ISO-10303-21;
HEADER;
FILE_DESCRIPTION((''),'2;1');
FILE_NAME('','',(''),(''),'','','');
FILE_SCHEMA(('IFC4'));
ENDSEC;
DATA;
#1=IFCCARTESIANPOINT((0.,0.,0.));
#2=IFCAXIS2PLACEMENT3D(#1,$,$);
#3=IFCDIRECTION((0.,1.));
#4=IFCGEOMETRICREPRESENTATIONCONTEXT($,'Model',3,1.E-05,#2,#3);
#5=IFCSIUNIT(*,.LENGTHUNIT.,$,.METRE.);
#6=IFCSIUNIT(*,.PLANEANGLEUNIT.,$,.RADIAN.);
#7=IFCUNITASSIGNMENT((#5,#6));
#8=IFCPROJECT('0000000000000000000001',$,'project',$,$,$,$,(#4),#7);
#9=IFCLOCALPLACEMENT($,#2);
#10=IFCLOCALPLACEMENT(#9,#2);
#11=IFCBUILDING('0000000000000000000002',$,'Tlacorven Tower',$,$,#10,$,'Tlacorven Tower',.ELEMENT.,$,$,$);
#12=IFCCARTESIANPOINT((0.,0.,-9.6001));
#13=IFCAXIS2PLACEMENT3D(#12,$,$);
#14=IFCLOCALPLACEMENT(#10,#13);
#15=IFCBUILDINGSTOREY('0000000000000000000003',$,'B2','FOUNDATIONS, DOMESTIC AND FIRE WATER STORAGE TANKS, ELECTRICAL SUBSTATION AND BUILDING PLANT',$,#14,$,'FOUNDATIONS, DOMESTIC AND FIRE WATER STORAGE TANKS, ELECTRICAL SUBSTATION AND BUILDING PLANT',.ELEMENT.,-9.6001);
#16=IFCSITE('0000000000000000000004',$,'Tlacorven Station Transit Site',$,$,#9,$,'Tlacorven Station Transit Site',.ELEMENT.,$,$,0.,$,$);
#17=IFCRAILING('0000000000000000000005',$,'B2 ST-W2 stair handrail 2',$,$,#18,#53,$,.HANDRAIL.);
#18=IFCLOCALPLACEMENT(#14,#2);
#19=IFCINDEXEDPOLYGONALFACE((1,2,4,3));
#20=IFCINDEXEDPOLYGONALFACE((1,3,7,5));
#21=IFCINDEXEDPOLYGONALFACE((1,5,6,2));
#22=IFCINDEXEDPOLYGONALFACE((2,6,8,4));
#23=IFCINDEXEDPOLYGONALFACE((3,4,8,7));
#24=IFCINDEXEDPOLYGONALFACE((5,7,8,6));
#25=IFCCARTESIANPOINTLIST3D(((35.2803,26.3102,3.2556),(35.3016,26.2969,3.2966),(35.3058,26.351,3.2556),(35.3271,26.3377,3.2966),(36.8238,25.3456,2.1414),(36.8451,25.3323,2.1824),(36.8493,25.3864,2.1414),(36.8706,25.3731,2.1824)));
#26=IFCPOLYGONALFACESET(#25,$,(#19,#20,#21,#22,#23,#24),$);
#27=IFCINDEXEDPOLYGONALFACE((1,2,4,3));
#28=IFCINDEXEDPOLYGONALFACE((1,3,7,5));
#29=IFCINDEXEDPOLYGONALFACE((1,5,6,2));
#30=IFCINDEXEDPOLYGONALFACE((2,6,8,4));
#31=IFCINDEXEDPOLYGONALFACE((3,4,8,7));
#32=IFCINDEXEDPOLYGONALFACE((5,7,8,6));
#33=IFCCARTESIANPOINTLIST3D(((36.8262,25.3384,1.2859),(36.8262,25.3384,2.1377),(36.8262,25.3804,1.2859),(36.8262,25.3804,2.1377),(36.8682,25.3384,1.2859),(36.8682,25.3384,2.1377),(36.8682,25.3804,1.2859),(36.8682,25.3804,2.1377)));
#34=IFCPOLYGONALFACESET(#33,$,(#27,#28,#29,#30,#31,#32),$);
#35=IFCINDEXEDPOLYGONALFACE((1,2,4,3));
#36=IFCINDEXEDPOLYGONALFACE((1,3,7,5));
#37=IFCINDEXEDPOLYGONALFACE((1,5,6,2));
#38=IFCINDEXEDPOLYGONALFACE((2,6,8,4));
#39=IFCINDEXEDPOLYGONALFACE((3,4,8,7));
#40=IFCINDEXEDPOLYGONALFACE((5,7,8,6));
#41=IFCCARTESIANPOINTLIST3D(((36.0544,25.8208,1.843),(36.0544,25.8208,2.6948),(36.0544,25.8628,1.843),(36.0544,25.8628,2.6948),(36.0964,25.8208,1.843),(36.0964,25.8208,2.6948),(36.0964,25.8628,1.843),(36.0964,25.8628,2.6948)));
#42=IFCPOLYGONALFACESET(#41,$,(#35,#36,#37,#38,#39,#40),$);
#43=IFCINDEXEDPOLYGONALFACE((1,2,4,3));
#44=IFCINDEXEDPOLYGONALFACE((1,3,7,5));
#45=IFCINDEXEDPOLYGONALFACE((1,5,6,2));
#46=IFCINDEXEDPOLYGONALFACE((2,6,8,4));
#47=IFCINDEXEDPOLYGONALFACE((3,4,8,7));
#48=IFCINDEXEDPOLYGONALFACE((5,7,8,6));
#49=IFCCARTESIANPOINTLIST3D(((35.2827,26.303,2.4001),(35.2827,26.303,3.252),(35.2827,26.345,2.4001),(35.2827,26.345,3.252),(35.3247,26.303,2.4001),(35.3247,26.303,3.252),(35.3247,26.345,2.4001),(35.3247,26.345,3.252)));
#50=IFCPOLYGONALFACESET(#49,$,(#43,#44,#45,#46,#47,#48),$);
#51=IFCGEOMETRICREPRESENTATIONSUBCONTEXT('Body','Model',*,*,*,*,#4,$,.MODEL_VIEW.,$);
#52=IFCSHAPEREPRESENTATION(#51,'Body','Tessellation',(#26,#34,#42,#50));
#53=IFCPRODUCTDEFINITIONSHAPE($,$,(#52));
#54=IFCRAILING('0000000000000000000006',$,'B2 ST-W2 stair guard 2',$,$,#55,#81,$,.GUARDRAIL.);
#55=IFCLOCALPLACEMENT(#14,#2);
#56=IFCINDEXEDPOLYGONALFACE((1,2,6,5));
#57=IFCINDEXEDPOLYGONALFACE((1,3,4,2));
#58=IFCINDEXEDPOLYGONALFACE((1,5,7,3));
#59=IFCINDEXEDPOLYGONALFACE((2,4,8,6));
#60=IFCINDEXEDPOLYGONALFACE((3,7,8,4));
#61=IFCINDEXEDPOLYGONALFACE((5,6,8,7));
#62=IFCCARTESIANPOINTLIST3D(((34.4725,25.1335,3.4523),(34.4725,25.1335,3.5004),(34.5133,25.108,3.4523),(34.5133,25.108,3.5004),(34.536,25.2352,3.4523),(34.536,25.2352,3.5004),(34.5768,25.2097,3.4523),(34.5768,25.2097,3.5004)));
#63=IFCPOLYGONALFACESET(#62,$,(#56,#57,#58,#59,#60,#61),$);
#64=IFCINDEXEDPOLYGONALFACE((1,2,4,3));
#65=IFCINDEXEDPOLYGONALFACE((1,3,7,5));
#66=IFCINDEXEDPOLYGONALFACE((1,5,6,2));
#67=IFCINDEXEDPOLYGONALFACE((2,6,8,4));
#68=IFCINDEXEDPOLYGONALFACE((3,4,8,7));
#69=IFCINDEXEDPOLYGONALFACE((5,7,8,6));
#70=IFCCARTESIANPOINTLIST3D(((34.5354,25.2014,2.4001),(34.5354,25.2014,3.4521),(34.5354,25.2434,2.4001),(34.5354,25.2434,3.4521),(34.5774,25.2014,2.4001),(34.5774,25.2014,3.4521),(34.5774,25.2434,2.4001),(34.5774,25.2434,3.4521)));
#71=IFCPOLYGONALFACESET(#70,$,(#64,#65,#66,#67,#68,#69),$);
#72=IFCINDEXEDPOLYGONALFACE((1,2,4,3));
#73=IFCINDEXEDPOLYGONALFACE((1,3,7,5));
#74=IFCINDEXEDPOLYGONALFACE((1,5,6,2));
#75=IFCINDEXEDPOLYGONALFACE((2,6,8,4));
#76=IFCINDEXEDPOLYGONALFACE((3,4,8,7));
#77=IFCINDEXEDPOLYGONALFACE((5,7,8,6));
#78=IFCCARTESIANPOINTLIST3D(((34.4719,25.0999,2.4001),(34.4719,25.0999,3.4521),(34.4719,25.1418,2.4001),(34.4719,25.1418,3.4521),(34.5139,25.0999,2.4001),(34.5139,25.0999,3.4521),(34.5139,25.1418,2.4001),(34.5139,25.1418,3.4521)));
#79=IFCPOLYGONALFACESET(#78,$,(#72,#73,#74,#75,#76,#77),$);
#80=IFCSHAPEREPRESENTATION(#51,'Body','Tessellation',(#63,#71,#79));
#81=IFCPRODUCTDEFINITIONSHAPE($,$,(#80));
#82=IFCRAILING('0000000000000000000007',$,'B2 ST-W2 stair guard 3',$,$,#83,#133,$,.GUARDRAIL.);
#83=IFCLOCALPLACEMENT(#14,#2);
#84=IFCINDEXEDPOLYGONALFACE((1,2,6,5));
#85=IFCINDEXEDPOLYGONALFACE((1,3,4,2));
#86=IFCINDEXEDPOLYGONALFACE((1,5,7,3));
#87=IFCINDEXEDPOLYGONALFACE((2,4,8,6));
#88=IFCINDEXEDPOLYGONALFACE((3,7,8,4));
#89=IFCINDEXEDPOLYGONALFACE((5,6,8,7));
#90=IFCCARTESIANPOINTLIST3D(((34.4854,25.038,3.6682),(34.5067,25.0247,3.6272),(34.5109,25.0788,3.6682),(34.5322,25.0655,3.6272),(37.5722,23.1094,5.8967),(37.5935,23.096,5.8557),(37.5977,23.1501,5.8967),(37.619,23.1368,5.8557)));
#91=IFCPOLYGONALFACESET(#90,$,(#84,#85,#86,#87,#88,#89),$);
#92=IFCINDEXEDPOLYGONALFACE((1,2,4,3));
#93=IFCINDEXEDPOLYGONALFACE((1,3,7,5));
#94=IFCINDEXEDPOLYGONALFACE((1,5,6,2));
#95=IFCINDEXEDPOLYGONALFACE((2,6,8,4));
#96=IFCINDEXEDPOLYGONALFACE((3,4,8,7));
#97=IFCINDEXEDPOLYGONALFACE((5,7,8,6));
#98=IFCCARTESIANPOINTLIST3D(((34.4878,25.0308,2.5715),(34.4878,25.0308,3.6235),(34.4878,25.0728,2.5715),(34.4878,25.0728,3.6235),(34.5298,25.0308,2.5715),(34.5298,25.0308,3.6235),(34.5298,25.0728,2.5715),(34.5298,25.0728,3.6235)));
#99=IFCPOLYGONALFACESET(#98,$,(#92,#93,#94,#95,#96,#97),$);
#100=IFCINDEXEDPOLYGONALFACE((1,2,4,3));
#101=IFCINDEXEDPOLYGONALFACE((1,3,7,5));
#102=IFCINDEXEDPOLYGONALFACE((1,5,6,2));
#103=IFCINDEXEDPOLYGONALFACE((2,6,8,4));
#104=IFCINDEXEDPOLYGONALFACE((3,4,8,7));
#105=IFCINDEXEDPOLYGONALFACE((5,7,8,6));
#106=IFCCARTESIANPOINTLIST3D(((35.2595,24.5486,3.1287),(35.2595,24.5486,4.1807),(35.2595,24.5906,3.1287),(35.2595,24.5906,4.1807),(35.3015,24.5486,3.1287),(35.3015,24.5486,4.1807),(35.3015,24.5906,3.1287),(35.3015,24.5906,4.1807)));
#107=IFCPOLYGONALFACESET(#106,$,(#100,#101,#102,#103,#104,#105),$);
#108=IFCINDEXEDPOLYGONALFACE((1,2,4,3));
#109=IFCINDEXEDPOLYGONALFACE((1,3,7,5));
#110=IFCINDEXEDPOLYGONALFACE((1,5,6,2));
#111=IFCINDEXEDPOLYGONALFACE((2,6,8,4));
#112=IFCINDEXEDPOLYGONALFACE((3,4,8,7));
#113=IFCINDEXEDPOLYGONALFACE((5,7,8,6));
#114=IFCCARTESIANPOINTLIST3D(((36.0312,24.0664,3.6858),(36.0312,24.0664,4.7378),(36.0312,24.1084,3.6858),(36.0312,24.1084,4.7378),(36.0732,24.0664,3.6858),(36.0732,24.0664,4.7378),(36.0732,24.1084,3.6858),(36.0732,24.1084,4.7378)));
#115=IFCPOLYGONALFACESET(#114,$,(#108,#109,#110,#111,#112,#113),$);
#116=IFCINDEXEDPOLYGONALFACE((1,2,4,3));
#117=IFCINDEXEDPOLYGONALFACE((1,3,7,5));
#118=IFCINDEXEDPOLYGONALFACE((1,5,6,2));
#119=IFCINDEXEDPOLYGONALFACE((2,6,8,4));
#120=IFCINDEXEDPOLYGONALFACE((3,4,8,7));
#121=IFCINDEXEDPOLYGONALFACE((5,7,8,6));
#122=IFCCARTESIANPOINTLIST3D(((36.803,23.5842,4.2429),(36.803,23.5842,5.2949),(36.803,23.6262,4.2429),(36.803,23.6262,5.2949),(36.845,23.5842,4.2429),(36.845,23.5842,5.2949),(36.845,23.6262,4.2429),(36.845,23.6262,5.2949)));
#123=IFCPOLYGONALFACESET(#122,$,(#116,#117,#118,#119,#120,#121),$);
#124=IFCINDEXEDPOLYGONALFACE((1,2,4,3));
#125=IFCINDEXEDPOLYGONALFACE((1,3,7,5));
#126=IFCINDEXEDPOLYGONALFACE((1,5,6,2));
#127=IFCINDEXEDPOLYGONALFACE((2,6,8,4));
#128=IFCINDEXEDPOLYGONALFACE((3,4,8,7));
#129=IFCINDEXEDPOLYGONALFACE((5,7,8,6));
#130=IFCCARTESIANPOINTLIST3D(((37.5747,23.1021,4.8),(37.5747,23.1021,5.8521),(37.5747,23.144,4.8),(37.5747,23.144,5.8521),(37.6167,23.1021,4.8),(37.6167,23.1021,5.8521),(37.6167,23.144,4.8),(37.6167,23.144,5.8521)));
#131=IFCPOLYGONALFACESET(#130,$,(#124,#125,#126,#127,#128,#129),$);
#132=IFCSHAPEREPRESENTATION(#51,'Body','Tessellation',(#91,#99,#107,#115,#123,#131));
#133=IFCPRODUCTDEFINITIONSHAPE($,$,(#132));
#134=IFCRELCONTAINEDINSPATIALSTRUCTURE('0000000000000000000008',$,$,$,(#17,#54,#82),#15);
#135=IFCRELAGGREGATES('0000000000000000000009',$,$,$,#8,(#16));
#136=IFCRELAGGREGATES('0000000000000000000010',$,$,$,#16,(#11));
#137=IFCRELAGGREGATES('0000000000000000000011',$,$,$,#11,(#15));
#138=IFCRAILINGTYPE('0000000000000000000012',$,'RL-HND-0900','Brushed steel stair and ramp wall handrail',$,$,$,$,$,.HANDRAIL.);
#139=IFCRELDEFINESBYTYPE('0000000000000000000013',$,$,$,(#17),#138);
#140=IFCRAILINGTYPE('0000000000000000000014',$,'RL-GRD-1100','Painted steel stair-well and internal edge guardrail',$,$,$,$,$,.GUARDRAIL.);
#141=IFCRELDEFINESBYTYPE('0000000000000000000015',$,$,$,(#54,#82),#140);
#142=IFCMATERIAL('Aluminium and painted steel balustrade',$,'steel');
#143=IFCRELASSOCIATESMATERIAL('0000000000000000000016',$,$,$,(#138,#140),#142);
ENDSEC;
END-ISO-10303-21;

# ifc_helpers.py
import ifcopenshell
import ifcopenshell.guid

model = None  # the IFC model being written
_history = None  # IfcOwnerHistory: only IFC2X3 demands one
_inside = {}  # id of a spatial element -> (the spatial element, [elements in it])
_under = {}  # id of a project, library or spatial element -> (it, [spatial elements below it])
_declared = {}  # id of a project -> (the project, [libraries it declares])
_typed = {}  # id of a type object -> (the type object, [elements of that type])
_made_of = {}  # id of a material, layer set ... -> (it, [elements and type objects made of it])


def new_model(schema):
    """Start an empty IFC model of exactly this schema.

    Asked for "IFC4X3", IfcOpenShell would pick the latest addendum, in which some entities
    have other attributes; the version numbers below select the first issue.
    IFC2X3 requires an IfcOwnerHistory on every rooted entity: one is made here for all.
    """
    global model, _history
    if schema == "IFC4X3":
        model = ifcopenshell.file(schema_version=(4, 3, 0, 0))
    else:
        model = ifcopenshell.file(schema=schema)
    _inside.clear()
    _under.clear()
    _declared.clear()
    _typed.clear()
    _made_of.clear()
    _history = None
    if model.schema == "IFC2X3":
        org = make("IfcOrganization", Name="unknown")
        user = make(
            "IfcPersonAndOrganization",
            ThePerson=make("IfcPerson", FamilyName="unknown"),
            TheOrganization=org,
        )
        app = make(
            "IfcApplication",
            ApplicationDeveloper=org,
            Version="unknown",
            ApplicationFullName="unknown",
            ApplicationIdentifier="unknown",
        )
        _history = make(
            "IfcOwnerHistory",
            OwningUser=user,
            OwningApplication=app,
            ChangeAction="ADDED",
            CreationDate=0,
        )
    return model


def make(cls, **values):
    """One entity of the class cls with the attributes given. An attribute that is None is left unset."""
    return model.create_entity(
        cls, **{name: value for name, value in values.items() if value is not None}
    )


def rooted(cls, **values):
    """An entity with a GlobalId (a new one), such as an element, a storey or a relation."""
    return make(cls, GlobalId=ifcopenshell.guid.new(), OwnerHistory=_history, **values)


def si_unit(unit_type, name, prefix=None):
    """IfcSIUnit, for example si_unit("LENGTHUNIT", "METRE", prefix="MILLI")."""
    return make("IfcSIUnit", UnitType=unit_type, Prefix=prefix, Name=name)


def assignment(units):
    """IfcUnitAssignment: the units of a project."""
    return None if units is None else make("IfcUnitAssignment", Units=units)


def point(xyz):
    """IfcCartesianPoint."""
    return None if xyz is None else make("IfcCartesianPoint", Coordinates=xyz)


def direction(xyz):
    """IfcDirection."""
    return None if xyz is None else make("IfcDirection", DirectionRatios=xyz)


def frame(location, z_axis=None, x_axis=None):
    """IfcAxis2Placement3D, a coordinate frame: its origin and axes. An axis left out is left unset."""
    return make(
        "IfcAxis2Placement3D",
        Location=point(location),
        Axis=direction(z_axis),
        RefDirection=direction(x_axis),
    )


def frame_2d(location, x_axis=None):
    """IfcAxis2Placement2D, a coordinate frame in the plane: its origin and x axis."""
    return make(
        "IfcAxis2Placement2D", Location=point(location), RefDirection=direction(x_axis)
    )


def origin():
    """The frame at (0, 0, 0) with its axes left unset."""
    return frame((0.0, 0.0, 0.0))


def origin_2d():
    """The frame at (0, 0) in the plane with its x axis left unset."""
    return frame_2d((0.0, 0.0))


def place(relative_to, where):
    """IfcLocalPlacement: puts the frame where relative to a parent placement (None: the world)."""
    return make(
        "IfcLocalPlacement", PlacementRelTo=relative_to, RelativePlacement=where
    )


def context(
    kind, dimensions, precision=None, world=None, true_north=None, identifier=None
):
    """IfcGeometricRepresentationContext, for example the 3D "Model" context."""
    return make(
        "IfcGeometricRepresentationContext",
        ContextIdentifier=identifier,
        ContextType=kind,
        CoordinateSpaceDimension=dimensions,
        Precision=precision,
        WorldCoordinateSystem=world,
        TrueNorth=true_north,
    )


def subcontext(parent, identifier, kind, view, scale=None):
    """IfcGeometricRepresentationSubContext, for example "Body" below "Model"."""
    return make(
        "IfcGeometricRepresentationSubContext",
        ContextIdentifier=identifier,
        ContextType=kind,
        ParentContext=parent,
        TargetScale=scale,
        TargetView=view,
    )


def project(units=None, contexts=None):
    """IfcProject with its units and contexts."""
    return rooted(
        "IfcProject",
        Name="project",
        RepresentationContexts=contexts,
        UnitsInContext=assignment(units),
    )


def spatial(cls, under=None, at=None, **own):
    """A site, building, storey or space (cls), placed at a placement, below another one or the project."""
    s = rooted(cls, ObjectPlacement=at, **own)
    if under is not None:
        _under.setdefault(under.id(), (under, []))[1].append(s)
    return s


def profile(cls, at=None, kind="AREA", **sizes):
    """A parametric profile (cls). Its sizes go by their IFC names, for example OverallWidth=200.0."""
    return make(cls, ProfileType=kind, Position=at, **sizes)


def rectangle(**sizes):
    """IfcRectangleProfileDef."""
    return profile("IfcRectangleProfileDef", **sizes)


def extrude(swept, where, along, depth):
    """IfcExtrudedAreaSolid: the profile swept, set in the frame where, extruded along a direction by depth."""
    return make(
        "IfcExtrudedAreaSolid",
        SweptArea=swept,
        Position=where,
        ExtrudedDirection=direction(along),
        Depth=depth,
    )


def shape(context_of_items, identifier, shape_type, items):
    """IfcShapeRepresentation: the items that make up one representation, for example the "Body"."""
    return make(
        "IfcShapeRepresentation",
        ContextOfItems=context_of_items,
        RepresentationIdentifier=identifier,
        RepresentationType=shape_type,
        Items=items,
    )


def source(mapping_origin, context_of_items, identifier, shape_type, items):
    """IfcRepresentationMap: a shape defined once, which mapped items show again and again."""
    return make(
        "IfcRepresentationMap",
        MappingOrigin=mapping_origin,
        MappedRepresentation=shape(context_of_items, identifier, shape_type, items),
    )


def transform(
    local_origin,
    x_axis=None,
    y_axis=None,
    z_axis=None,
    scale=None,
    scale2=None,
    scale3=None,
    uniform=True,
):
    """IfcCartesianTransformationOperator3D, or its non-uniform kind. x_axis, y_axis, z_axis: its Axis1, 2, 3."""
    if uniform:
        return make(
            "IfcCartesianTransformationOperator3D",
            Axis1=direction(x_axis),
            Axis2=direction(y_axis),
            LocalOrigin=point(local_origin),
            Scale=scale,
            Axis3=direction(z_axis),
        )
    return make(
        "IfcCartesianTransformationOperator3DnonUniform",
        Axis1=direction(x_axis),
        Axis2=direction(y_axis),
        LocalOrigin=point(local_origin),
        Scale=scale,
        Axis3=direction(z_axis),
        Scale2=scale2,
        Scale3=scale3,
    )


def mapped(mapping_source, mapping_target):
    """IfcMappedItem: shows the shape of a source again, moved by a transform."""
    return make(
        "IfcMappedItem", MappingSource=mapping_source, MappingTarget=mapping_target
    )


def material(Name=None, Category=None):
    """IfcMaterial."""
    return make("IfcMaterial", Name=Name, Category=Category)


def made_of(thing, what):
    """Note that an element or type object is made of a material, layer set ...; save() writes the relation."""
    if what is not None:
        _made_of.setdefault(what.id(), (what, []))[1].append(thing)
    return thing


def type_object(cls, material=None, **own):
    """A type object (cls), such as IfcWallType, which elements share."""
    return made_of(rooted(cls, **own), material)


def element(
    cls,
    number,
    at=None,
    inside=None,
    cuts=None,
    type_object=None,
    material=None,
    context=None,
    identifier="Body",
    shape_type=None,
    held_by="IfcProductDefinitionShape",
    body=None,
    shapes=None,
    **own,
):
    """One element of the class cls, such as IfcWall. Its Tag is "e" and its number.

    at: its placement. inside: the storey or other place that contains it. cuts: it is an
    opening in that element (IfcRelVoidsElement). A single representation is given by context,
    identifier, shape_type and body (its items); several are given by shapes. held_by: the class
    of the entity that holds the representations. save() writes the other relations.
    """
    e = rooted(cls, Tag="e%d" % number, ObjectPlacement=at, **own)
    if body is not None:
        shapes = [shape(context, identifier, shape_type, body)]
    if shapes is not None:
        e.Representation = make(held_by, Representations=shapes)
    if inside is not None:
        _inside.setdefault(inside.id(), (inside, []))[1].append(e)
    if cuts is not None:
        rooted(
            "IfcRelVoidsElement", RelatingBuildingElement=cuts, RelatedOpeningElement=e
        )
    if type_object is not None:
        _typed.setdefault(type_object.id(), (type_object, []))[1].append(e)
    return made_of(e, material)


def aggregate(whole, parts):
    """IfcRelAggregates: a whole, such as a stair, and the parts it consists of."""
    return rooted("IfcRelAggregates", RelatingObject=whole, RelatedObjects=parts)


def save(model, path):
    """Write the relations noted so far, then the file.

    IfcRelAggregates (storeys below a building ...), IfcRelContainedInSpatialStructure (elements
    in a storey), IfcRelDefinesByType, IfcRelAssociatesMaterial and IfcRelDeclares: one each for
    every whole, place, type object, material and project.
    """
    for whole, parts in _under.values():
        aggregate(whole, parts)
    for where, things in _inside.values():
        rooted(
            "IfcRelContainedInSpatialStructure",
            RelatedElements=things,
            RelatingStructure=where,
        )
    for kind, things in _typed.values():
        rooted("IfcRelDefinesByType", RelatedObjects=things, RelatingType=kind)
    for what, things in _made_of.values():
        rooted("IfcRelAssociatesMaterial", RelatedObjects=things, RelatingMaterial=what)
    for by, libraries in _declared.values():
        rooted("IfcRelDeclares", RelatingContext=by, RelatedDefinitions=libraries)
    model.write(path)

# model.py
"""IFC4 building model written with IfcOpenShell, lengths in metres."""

from ifc_helpers import new_model, si_unit, direction, frame, origin, origin_2d, place, context, subcontext, project, spatial, rectangle, extrude, source, transform, mapped, material, type_object, element, save


model = new_model("IFC4")

# Units and contexts
model_context = context("Model", 3, precision=1e-05, world=origin(), true_north=direction((0.0, 1.0)))
body_context = subcontext(model_context, "Body", "Model", "MODEL_VIEW")
ifc_project = project(units=[si_unit("LENGTHUNIT", "METRE"), si_unit("PLANEANGLEUNIT", "RADIAN")], contexts=[model_context])

# Site, building, storey
site_placement = place(None, origin())
site = spatial("IfcSite", under=ifc_project, at=site_placement, Name="Tlacorven Station Transit Site", LongName="Tlacorven Station Transit Site", CompositionType="ELEMENT", RefElevation=0.0)
building_placement = place(site_placement, origin())
building = spatial("IfcBuilding", under=site, at=building_placement, Name="Tlacorven Tower", LongName="Tlacorven Tower", CompositionType="ELEMENT")
storey_placement = place(building_placement, frame((0.0, 0.0, -9.6001)))
storey = spatial("IfcBuildingStorey", under=building, at=storey_placement, Name="B2", Description="FOUNDATIONS, DOMESTIC AND FIRE WATER STORAGE TANKS, ELECTRICAL SUBSTATION AND BUILDING PLANT", LongName="FOUNDATIONS, DOMESTIC AND FIRE WATER STORAGE TANKS, ELECTRICAL SUBSTATION AND BUILDING PLANT", CompositionType="ELEMENT", Elevation=-9.6001)

# Railings
ifc_material_1 = material(Name="Aluminium and painted steel balustrade", Category="steel")
railing_type_1 = type_object("IfcRailingType", Name="RL-HND-0900", Description="Brushed steel stair and ramp wall handrail", PredefinedType="HANDRAIL", material=ifc_material_1)
shared_shape_1 = source(origin(), body_context, "Body", "SweptSolid", [
    extrude(rectangle(XDim=0.0481, YDim=0.0481, at=origin_2d()), frame((0.0, 0.0, 0.876), z_axis=(-0.723244, 0.451999, 0.522126), x_axis=(-0.529975, -0.848013, 0.0)), (0.0, 0.0, 1.0), 2.134),
    extrude(rectangle(XDim=0.042, YDim=0.042, at=origin_2d()), origin(), (0.0, 0.0, 1.0), 0.8518),
    extrude(rectangle(XDim=0.042, YDim=0.042, at=origin_2d()), frame((-0.7717, 0.4824, 0.5571)), (0.0, 0.0, 1.0), 0.8518),
    extrude(rectangle(XDim=0.042, YDim=0.042, at=origin_2d()), frame((-1.5435, 0.9646, 1.1143)), (0.0, 0.0, 1.0), 0.8518),
])
railing_1_placement = place(storey_placement, frame((36.8472, 25.3594, 1.2859)))
element("IfcRailing", 1, at=railing_1_placement, inside=storey, type_object=railing_type_1, Name="B2 ST-W2 stair handrail 2", PredefinedType="HANDRAIL", context=body_context, shape_type="MappedRepresentation", body=[
    mapped(shared_shape_1, transform((0.0, 0.0, 0.0), scale=1.0)),
])
railing_type_2 = type_object("IfcRailingType", Name="RL-GRD-1100", Description="Painted steel stair-well and internal edge guardrail", PredefinedType="GUARDRAIL", material=ifc_material_1)
shared_shape_2 = source(origin(), body_context, "Body", "SweptSolid", [
    extrude(rectangle(XDim=0.0481, YDim=0.0481, at=origin_2d()), frame((0.0, 0.0, 1.0762), z_axis=(-0.529999, -0.847998, 0.0), x_axis=(0.847998, -0.529999, 0.0)), (0.0, 0.0, 1.0), 0.1199),
    extrude(rectangle(XDim=0.042, YDim=0.042, at=origin_2d()), origin(), (0.0, 0.0, 1.0), 1.052),
    extrude(rectangle(XDim=0.042, YDim=0.042, at=origin_2d()), frame((-0.0635, -0.1016, 0.0)), (0.0, 0.0, 1.0), 1.052),
])
railing_2_placement = place(storey_placement, frame((34.5564, 25.2224, 2.4001)))
element("IfcRailing", 2, at=railing_2_placement, inside=storey, type_object=railing_type_2, Name="B2 ST-W2 stair guard 2", PredefinedType="GUARDRAIL", context=body_context, shape_type="MappedRepresentation", body=[
    mapped(shared_shape_2, transform((0.0, 0.0, 0.0), scale=1.0)),
])
shared_shape_3 = source(origin(), body_context, "Body", "SweptSolid", [
    extrude(rectangle(XDim=0.0481, YDim=0.0481, at=origin_2d()), frame((0.0, 0.0, 1.0762), z_axis=(0.723281, -0.451908, 0.522153), x_axis=(0.529878, 0.848074, 0.0)), (0.0, 0.0, 1.0), 4.2678),
    extrude(rectangle(XDim=0.042, YDim=0.042, at=origin_2d()), origin(), (0.0, 0.0, 1.0), 1.052),
    extrude(rectangle(XDim=0.042, YDim=0.042, at=origin_2d()), frame((0.7717, -0.4822, 0.5571)), (0.0, 0.0, 1.0), 1.052),
    extrude(rectangle(XDim=0.042, YDim=0.042, at=origin_2d()), frame((1.5435, -0.9644, 1.1143)), (0.0, 0.0, 1.0), 1.052),
    extrude(rectangle(XDim=0.042, YDim=0.042, at=origin_2d()), frame((2.3152, -1.4465, 1.6714)), (0.0, 0.0, 1.0), 1.052),
    extrude(rectangle(XDim=0.042, YDim=0.042, at=origin_2d()), frame((3.0869, -1.9287, 2.2285)), (0.0, 0.0, 1.0), 1.052),
])
railing_3_placement = place(storey_placement, frame((34.5088, 25.0518, 2.5715)))
element("IfcRailing", 3, at=railing_3_placement, inside=storey, type_object=railing_type_2, Name="B2 ST-W2 stair guard 3", PredefinedType="GUARDRAIL", context=body_context, shape_type="MappedRepresentation", body=[
    mapped(shared_shape_3, transform((0.0, 0.0, 0.0), scale=1.0)),
])

save(model, "model.ifc")
